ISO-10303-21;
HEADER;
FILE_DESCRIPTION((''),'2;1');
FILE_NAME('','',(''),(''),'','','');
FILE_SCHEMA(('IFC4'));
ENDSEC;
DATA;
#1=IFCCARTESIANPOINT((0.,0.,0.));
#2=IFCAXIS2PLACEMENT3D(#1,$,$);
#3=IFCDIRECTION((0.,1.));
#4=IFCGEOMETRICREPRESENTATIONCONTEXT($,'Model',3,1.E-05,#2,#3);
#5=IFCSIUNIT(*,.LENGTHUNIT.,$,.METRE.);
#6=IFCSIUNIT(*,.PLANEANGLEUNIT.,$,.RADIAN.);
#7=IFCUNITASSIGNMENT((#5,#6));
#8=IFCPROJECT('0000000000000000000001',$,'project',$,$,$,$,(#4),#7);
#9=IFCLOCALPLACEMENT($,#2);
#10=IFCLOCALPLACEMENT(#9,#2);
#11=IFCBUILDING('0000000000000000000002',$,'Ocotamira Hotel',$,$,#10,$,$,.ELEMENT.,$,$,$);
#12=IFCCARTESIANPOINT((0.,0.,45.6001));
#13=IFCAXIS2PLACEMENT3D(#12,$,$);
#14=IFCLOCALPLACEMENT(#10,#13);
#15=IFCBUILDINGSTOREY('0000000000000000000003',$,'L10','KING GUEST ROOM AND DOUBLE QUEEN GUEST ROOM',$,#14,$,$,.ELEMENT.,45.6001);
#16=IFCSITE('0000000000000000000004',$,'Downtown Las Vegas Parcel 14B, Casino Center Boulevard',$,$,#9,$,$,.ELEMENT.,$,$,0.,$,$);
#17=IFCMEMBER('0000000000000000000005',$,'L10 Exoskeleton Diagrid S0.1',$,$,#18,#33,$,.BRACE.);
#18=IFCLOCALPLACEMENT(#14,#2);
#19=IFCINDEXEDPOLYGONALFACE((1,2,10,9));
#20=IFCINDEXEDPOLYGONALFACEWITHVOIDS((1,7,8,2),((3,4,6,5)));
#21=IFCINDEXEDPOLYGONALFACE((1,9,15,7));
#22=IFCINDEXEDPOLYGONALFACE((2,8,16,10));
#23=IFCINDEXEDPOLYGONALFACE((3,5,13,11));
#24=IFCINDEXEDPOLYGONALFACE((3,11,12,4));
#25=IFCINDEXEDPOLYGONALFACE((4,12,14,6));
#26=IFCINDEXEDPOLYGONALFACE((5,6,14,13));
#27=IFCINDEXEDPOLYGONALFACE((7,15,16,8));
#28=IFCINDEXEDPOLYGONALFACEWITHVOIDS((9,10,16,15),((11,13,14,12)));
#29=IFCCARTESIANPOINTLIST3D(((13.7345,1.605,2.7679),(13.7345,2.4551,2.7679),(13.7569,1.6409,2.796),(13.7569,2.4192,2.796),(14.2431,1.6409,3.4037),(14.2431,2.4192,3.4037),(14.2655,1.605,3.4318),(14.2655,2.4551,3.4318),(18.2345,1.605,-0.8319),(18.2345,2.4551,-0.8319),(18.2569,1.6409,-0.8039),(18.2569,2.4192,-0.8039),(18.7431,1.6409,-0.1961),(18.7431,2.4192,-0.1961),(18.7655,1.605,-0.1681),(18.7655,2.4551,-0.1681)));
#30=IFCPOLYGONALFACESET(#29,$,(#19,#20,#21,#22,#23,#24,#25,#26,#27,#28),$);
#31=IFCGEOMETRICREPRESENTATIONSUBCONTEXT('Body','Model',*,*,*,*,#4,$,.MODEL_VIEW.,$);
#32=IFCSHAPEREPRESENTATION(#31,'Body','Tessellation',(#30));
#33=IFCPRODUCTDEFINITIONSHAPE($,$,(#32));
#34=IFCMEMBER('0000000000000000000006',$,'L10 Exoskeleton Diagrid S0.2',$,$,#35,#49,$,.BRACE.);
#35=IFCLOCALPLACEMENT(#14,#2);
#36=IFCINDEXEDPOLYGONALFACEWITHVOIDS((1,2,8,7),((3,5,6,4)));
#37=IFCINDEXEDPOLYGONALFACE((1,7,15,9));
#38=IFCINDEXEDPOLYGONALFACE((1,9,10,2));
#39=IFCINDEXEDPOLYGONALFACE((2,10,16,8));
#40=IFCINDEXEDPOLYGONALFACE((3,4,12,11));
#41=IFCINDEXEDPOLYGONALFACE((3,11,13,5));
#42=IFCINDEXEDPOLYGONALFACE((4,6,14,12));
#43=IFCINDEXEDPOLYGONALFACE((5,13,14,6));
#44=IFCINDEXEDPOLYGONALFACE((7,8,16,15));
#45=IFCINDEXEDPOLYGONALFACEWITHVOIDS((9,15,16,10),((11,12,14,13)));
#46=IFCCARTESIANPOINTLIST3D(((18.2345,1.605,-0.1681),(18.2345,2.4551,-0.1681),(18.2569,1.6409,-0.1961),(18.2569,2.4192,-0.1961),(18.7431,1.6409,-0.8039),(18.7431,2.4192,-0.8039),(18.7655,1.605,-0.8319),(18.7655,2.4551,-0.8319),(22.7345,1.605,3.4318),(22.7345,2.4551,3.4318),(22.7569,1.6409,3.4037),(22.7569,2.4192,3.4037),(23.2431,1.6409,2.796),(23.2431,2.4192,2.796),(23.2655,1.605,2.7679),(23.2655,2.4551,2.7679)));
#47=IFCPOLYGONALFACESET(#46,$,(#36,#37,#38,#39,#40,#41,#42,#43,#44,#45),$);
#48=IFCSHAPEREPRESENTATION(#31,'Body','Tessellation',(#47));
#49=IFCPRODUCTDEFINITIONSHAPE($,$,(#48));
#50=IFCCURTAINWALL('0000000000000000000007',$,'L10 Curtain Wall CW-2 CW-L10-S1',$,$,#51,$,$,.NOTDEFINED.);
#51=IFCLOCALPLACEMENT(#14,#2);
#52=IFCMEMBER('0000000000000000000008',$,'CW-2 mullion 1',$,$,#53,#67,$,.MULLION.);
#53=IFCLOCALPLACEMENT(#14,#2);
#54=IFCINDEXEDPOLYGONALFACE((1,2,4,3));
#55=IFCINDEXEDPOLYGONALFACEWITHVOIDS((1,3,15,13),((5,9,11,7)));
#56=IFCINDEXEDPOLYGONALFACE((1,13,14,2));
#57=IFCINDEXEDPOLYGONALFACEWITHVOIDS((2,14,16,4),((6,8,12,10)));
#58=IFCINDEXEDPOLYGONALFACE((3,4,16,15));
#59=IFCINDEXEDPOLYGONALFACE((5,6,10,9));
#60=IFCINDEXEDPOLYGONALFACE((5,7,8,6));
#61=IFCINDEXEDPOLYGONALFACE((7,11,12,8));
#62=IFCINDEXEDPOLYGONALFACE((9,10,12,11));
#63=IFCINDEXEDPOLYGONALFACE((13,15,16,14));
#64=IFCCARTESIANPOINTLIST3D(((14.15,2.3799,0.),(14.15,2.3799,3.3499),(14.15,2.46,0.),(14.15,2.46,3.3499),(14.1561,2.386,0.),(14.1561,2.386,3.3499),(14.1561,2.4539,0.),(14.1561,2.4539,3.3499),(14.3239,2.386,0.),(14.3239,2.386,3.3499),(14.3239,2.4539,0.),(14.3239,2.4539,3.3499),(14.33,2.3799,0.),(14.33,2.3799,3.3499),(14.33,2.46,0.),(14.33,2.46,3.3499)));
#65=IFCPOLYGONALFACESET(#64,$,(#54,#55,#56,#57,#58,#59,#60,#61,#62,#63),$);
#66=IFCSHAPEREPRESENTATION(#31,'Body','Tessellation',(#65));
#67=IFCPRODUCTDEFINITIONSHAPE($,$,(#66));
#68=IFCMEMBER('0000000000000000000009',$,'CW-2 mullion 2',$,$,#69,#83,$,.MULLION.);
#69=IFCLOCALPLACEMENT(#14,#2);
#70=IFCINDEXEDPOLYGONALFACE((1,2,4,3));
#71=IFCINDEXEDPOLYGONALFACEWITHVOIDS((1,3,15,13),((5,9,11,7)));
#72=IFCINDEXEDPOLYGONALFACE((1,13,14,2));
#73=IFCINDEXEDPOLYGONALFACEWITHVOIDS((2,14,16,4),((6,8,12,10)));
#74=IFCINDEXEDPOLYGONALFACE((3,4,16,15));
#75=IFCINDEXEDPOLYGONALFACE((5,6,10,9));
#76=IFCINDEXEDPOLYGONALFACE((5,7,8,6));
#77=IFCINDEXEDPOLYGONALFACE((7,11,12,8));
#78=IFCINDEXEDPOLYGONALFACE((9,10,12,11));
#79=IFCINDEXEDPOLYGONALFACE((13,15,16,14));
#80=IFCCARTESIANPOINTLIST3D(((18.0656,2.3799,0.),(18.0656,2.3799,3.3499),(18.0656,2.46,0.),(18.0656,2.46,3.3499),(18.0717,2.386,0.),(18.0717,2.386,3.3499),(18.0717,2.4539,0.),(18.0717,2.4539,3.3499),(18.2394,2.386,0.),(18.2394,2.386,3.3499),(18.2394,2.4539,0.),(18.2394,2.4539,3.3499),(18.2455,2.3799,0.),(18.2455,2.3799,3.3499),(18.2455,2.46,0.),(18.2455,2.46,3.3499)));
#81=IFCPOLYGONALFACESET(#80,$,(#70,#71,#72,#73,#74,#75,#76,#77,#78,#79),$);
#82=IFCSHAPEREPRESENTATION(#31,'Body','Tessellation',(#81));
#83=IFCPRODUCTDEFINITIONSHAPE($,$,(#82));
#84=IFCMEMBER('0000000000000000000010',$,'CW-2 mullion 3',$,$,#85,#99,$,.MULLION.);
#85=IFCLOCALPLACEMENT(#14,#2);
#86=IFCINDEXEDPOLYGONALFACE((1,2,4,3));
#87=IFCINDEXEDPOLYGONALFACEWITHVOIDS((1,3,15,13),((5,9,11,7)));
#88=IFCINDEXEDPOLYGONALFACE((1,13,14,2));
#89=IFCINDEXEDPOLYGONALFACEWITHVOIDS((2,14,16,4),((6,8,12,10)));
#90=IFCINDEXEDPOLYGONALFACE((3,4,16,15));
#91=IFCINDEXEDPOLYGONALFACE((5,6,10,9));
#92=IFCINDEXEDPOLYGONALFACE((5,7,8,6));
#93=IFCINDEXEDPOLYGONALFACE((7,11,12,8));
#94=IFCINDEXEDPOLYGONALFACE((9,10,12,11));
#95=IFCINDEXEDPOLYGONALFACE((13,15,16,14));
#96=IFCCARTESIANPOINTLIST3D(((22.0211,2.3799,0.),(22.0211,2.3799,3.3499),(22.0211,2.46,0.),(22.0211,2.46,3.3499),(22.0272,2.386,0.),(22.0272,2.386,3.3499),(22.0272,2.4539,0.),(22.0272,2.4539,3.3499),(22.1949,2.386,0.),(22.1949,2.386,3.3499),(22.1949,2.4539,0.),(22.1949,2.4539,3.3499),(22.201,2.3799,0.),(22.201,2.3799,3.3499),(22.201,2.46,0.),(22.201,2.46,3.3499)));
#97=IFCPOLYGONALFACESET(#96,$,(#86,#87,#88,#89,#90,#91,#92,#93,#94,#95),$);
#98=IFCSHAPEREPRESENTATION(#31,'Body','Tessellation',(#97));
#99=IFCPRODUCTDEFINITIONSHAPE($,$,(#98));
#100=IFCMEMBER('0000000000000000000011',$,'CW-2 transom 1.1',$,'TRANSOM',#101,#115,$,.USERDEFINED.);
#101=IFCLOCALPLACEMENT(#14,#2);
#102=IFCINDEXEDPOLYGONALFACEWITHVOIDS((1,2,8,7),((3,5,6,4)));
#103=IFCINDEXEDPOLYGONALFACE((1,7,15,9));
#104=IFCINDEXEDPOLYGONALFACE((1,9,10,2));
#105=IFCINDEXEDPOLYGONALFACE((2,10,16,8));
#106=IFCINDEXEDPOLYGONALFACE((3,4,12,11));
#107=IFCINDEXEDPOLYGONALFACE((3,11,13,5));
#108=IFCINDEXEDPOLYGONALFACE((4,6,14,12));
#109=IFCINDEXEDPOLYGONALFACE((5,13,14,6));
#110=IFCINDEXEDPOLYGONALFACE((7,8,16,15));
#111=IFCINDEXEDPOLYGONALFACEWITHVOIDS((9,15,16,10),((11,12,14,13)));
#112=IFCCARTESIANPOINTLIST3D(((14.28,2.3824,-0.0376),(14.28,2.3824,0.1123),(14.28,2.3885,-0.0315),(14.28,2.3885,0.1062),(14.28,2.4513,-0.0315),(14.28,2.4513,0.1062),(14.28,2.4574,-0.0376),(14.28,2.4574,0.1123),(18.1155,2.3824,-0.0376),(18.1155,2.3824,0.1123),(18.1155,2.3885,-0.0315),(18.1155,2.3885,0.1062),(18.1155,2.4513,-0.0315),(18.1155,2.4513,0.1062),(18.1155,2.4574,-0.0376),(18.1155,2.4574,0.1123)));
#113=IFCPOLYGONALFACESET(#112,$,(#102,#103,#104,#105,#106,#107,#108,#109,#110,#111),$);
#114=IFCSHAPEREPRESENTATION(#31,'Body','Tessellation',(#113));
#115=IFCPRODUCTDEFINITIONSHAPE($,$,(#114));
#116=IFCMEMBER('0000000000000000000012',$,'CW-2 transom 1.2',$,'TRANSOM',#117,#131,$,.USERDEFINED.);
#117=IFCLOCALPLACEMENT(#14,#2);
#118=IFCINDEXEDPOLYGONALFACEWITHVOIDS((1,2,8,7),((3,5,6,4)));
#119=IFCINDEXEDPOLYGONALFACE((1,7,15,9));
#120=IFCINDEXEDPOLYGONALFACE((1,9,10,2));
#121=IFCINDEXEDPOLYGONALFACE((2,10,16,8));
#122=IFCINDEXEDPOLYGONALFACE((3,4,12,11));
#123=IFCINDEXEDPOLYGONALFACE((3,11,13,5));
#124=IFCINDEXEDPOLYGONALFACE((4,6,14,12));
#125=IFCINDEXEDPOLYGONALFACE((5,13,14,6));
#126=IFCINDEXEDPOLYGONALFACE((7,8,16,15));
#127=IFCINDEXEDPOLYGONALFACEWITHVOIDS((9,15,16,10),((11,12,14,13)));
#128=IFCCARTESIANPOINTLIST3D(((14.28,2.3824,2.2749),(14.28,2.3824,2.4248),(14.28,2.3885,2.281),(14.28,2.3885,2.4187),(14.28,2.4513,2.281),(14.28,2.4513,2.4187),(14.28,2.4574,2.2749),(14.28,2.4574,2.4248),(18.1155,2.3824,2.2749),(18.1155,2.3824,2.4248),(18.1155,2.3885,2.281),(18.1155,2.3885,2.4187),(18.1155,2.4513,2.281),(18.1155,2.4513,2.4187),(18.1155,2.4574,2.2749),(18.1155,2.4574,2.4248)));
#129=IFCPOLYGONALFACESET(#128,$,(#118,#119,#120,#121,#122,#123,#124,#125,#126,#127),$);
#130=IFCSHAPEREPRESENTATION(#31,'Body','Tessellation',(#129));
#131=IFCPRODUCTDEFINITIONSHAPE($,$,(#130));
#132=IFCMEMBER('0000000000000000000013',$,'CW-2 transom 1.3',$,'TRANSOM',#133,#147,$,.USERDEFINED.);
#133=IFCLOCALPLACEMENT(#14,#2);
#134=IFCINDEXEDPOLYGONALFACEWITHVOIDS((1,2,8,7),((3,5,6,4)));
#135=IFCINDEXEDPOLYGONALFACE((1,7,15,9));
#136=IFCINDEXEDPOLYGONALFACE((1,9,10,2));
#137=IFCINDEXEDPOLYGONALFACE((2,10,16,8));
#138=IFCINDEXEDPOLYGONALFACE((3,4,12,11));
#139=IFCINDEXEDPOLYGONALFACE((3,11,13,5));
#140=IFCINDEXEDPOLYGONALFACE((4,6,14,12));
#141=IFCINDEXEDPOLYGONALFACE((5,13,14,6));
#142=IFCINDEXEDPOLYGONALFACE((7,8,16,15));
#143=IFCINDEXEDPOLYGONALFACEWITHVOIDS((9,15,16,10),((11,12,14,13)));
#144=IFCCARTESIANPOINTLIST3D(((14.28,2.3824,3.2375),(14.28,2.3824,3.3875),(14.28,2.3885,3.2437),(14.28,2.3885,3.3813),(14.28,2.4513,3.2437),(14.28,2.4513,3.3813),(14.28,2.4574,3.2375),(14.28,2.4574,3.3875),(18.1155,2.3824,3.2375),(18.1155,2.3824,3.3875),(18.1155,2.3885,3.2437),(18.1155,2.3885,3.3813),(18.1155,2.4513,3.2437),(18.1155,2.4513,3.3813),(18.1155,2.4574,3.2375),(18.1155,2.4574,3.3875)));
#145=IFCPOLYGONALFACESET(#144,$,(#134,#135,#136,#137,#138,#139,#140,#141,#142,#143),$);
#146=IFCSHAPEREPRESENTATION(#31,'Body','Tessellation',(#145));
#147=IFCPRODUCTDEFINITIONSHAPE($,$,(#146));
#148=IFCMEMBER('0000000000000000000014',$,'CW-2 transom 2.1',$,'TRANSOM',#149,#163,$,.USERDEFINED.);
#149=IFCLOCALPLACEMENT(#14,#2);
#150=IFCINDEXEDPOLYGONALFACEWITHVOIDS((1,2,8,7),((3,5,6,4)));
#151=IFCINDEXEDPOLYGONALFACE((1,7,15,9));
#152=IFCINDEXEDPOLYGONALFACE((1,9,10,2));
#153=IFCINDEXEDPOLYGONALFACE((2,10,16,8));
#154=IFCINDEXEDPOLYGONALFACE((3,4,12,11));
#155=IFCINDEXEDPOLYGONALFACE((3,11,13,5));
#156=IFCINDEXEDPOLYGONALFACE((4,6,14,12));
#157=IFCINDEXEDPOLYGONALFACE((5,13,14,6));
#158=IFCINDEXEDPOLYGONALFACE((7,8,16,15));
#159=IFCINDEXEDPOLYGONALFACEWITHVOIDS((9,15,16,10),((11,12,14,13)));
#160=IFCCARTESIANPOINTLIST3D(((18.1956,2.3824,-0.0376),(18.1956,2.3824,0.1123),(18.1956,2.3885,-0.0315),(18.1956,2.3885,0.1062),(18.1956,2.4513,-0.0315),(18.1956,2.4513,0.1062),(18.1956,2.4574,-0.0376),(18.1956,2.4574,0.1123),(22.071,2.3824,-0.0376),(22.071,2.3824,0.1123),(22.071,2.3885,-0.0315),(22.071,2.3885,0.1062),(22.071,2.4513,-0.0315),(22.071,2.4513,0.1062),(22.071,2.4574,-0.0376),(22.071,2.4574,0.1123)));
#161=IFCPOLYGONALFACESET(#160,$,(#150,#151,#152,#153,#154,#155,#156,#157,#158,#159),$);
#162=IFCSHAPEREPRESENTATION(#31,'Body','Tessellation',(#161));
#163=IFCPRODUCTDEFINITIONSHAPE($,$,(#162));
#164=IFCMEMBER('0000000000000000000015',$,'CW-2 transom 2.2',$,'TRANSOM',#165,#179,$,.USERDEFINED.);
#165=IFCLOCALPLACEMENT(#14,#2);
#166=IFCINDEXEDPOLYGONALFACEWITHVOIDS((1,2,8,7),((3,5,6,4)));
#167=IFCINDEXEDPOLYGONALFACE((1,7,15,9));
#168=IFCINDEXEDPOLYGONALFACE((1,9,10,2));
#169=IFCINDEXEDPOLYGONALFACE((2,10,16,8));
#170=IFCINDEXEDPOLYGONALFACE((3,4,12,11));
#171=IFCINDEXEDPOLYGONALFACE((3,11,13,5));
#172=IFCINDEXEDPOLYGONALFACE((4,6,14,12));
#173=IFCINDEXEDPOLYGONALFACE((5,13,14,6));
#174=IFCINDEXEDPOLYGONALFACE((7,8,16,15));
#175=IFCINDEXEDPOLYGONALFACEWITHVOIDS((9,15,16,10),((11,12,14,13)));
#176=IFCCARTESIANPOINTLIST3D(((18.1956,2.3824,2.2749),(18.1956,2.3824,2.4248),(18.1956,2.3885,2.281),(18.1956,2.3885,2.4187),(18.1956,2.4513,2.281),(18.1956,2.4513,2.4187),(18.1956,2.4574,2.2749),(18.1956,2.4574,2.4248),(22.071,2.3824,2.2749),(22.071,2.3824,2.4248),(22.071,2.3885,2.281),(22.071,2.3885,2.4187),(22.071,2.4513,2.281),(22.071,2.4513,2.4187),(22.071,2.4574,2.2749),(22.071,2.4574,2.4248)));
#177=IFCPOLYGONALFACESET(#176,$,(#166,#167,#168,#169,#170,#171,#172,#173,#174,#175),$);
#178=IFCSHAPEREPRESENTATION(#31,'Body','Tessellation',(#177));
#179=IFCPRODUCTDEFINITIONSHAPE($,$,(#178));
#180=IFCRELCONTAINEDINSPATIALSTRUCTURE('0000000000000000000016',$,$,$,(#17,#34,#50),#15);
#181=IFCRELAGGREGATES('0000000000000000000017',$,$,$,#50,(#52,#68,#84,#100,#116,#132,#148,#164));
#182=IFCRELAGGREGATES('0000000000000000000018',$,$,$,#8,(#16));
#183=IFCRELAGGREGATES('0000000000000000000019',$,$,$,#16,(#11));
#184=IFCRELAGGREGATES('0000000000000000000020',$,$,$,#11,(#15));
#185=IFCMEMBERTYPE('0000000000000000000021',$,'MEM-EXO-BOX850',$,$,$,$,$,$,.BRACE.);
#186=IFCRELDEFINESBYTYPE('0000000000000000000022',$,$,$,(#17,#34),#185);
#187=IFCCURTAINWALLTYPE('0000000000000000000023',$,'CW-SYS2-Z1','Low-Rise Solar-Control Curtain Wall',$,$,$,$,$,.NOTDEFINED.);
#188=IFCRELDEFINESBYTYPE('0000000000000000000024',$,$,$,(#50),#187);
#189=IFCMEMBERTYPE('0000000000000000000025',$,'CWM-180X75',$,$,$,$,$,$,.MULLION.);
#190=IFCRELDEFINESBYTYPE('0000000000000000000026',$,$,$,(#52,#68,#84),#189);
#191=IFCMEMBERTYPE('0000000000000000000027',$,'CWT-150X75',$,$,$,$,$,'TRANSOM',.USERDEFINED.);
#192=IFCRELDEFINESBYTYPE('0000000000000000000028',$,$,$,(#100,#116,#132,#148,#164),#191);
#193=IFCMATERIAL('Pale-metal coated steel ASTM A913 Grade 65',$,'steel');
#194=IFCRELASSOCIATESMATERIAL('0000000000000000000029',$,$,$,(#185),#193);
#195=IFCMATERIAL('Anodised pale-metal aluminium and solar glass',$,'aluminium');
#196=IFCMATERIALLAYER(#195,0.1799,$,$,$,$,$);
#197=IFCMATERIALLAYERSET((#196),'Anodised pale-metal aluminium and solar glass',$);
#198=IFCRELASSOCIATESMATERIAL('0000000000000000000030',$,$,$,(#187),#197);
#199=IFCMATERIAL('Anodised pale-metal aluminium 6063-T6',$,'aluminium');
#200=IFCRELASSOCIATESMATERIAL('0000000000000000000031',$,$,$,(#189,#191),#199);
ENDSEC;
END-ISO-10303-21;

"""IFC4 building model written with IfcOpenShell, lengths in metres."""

from ifc_helpers import new_model, si_unit, direction, frame, origin, origin_2d, place, context, subcontext, project, spatial, hollow_rectangle, extrude, source, transform, mapped, material, layer, layer_set, material_profile, profile_set, type_object, element, aggregate, save


model = new_model("IFC4")

# Units and contexts
model_context = context("Model", 3, precision=1e-05, world=origin(), true_north=direction((0.0, 1.0)))
body_context = subcontext(model_context, "Body", "Model", "MODEL_VIEW")
ifc_project = project(units=[si_unit("LENGTHUNIT", "METRE"), si_unit("PLANEANGLEUNIT", "RADIAN")], contexts=[model_context])

# Site, building, storey
site_placement = place(None, origin())
site = spatial("IfcSite", under=ifc_project, at=site_placement, Name="Downtown Las Vegas Parcel 14B, Casino Center Boulevard", CompositionType="ELEMENT", RefElevation=0.0)
building_placement = place(site_placement, origin())
building = spatial("IfcBuilding", under=site, at=building_placement, Name="Ocotamira Hotel", CompositionType="ELEMENT")
storey_placement = place(building_placement, frame((0.0, 0.0, 45.6001)))
storey = spatial("IfcBuildingStorey", under=building, at=storey_placement, Name="L10", Description="KING GUEST ROOM AND DOUBLE QUEEN GUEST ROOM", CompositionType="ELEMENT", Elevation=45.6001)

# Members
ifc_material_1 = material(Name="Pale-metal coated steel ASTM A913 Grade 65", Category="steel")
ifc_material_profile_1 = material_profile(ifc_material_1, hollow_rectangle(XDim=0.8501, YDim=0.8501, WallThickness=0.0359, at=origin_2d()), Name="BOX850X850X36")
ifc_profile_set_1 = profile_set([ifc_material_profile_1], Name="Pale-metal coated steel ASTM A913 Grade 65")
member_type_1 = type_object("IfcMemberType", Name="MEM-EXO-BOX850", PredefinedType="BRACE", material=ifc_profile_set_1)
shared_shape_1 = source(origin(), body_context, "Body", "SweptSolid", [
    extrude(hollow_rectangle(XDim=0.8501, YDim=0.8501, WallThickness=0.0359, at=origin_2d()), origin(), (0.0, 0.0, 1.0), 5.7627),
])
for number, where, z_axis, x_axis, name in (
    (1, (18.5, 2.03, -0.5), (-0.780881, 0.0, 0.62468), (0.0, -1.0, 0.0), "L10 Exoskeleton Diagrid S0.1"),
    (2, (18.5, 2.03, -0.5), (0.780881, 0.0, 0.62468), (0.0, 1.0, 0.0), "L10 Exoskeleton Diagrid S0.2"),
):
    element("IfcMember", number, at=place(storey_placement, frame(where, z_axis=z_axis, x_axis=x_axis)), inside=storey, type_object=member_type_1, Name=name, PredefinedType="BRACE", context=body_context, shape_type="MappedRepresentation", body=[
        mapped(shared_shape_1, transform((0.0, 0.0, 0.0), scale=1.0)),
    ])

# Curtain wall, members
ifc_material_2 = material(Name="Anodised pale-metal aluminium and solar glass", Category="aluminium")
ifc_layer_1 = layer(ifc_material_2, 0.1799)
ifc_layer_set_1 = layer_set([ifc_layer_1], Name="Anodised pale-metal aluminium and solar glass")
curtain_wall_type = type_object("IfcCurtainWallType", Name="CW-SYS2-Z1", Description="Low-Rise Solar-Control Curtain Wall", PredefinedType="NOTDEFINED", material=ifc_layer_set_1)
curtain_wall_placement = place(storey_placement, origin())
curtain_wall = element("IfcCurtainWall", 3, at=curtain_wall_placement, inside=storey, type_object=curtain_wall_type, Name="L10 Curtain Wall CW-2 CW-L10-S1", PredefinedType="NOTDEFINED")
ifc_material_3 = material(Name="Anodised pale-metal aluminium 6063-T6", Category="aluminium")
ifc_material_profile_2 = material_profile(ifc_material_3, hollow_rectangle(XDim=0.0801, YDim=0.1799, WallThickness=0.0061, at=origin_2d()), Name="HSS180X80X6")
ifc_profile_set_2 = profile_set([ifc_material_profile_2], Name="Anodised pale-metal aluminium 6063-T6")
member_type_2 = type_object("IfcMemberType", Name="CWM-180X75", PredefinedType="MULLION", material=ifc_profile_set_2)
shared_shape_2 = source(origin(), body_context, "Body", "SweptSolid", [
    extrude(hollow_rectangle(XDim=0.0801, YDim=0.1799, WallThickness=0.0061, at=origin_2d()), origin(), (0.0, 0.0, 1.0), 3.3499),
])
member_1_placement = place(storey_placement, frame((14.24, 2.4199, 0.0), z_axis=(0.0, 0.0, 1.0), x_axis=(0.0, 1.0, 0.0)))
member_1 = element("IfcMember", 4, at=member_1_placement, type_object=member_type_2, Name="CW-2 mullion 1", PredefinedType="MULLION", context=body_context, shape_type="MappedRepresentation", body=[
    mapped(shared_shape_2, transform((0.0, 0.0, 0.0), scale=1.0)),
])
member_2_placement = place(storey_placement, frame((18.1555, 2.4199, 0.0), z_axis=(0.0, 0.0, 1.0), x_axis=(0.0, 1.0, 0.0)))
member_2 = element("IfcMember", 5, at=member_2_placement, type_object=member_type_2, Name="CW-2 mullion 2", PredefinedType="MULLION", context=body_context, shape_type="MappedRepresentation", body=[
    mapped(shared_shape_2, transform((0.0, 0.0, 0.0), scale=1.0)),
])
member_3_placement = place(storey_placement, frame((22.1111, 2.4199, 0.0), z_axis=(0.0, 0.0, 1.0), x_axis=(0.0, 1.0, 0.0)))
member_3 = element("IfcMember", 6, at=member_3_placement, type_object=member_type_2, Name="CW-2 mullion 3", PredefinedType="MULLION", context=body_context, shape_type="MappedRepresentation", body=[
    mapped(shared_shape_2, transform((0.0, 0.0, 0.0), scale=1.0)),
])
ifc_material_profile_3 = material_profile(ifc_material_3, hollow_rectangle(XDim=0.075, YDim=0.1499, WallThickness=0.0061, at=origin_2d()), Name="HSS150X75X6")
ifc_profile_set_3 = profile_set([ifc_material_profile_3], Name="Anodised pale-metal aluminium 6063-T6")
member_type_3 = type_object("IfcMemberType", Name="CWT-150X75", ElementType="TRANSOM", PredefinedType="USERDEFINED", material=ifc_profile_set_3)
shared_shape_3 = source(origin(), body_context, "Body", "SweptSolid", [
    extrude(hollow_rectangle(XDim=0.075, YDim=0.1499, WallThickness=0.0061, at=origin_2d()), origin(), (0.0, 0.0, 1.0), 3.8354),
])
member_4_placement = place(storey_placement, frame((14.28, 2.4199, 0.0374), z_axis=(1.0, 0.0, 0.0), x_axis=(0.0, 1.0, 0.0)))
member_4 = element("IfcMember", 7, at=member_4_placement, type_object=member_type_3, Name="CW-2 transom 1.1", ObjectType="TRANSOM", PredefinedType="USERDEFINED", context=body_context, shape_type="MappedRepresentation", body=[
    mapped(shared_shape_3, transform((0.0, 0.0, 0.0), scale=1.0)),
])
member_5_placement = place(storey_placement, frame((14.28, 2.4199, 2.3499), z_axis=(1.0, 0.0, 0.0), x_axis=(0.0, 1.0, 0.0)))
member_5 = element("IfcMember", 8, at=member_5_placement, type_object=member_type_3, Name="CW-2 transom 1.2", ObjectType="TRANSOM", PredefinedType="USERDEFINED", context=body_context, shape_type="MappedRepresentation", body=[
    mapped(shared_shape_3, transform((0.0, 0.0, 0.0), scale=1.0)),
])
member_6_placement = place(storey_placement, frame((14.28, 2.4199, 3.3125), z_axis=(1.0, 0.0, 0.0), x_axis=(0.0, 1.0, 0.0)))
member_6 = element("IfcMember", 9, at=member_6_placement, type_object=member_type_3, Name="CW-2 transom 1.3", ObjectType="TRANSOM", PredefinedType="USERDEFINED", context=body_context, shape_type="MappedRepresentation", body=[
    mapped(shared_shape_3, transform((0.0, 0.0, 0.0), scale=1.0)),
])
shared_shape_4 = source(origin(), body_context, "Body", "SweptSolid", [
    extrude(hollow_rectangle(XDim=0.075, YDim=0.1499, WallThickness=0.0061, at=origin_2d()), origin(), (0.0, 0.0, 1.0), 3.8755),
])
member_7_placement = place(storey_placement, frame((18.1956, 2.4199, 0.0374), z_axis=(1.0, 0.0, 0.0), x_axis=(0.0, 1.0, 0.0)))
member_7 = element("IfcMember", 10, at=member_7_placement, type_object=member_type_3, Name="CW-2 transom 2.1", ObjectType="TRANSOM", PredefinedType="USERDEFINED", context=body_context, shape_type="MappedRepresentation", body=[
    mapped(shared_shape_4, transform((0.0, 0.0, 0.0), scale=1.0)),
])
member_8_placement = place(storey_placement, frame((18.1956, 2.4199, 2.3499), z_axis=(1.0, 0.0, 0.0), x_axis=(0.0, 1.0, 0.0)))
member_8 = element("IfcMember", 11, at=member_8_placement, type_object=member_type_3, Name="CW-2 transom 2.2", ObjectType="TRANSOM", PredefinedType="USERDEFINED", context=body_context, shape_type="MappedRepresentation", body=[
    mapped(shared_shape_4, transform((0.0, 0.0, 0.0), scale=1.0)),
])

aggregate(curtain_wall, [member_1, member_2, member_3, member_4, member_5, member_6, member_7, member_8])

save(model, "model.ifc")
